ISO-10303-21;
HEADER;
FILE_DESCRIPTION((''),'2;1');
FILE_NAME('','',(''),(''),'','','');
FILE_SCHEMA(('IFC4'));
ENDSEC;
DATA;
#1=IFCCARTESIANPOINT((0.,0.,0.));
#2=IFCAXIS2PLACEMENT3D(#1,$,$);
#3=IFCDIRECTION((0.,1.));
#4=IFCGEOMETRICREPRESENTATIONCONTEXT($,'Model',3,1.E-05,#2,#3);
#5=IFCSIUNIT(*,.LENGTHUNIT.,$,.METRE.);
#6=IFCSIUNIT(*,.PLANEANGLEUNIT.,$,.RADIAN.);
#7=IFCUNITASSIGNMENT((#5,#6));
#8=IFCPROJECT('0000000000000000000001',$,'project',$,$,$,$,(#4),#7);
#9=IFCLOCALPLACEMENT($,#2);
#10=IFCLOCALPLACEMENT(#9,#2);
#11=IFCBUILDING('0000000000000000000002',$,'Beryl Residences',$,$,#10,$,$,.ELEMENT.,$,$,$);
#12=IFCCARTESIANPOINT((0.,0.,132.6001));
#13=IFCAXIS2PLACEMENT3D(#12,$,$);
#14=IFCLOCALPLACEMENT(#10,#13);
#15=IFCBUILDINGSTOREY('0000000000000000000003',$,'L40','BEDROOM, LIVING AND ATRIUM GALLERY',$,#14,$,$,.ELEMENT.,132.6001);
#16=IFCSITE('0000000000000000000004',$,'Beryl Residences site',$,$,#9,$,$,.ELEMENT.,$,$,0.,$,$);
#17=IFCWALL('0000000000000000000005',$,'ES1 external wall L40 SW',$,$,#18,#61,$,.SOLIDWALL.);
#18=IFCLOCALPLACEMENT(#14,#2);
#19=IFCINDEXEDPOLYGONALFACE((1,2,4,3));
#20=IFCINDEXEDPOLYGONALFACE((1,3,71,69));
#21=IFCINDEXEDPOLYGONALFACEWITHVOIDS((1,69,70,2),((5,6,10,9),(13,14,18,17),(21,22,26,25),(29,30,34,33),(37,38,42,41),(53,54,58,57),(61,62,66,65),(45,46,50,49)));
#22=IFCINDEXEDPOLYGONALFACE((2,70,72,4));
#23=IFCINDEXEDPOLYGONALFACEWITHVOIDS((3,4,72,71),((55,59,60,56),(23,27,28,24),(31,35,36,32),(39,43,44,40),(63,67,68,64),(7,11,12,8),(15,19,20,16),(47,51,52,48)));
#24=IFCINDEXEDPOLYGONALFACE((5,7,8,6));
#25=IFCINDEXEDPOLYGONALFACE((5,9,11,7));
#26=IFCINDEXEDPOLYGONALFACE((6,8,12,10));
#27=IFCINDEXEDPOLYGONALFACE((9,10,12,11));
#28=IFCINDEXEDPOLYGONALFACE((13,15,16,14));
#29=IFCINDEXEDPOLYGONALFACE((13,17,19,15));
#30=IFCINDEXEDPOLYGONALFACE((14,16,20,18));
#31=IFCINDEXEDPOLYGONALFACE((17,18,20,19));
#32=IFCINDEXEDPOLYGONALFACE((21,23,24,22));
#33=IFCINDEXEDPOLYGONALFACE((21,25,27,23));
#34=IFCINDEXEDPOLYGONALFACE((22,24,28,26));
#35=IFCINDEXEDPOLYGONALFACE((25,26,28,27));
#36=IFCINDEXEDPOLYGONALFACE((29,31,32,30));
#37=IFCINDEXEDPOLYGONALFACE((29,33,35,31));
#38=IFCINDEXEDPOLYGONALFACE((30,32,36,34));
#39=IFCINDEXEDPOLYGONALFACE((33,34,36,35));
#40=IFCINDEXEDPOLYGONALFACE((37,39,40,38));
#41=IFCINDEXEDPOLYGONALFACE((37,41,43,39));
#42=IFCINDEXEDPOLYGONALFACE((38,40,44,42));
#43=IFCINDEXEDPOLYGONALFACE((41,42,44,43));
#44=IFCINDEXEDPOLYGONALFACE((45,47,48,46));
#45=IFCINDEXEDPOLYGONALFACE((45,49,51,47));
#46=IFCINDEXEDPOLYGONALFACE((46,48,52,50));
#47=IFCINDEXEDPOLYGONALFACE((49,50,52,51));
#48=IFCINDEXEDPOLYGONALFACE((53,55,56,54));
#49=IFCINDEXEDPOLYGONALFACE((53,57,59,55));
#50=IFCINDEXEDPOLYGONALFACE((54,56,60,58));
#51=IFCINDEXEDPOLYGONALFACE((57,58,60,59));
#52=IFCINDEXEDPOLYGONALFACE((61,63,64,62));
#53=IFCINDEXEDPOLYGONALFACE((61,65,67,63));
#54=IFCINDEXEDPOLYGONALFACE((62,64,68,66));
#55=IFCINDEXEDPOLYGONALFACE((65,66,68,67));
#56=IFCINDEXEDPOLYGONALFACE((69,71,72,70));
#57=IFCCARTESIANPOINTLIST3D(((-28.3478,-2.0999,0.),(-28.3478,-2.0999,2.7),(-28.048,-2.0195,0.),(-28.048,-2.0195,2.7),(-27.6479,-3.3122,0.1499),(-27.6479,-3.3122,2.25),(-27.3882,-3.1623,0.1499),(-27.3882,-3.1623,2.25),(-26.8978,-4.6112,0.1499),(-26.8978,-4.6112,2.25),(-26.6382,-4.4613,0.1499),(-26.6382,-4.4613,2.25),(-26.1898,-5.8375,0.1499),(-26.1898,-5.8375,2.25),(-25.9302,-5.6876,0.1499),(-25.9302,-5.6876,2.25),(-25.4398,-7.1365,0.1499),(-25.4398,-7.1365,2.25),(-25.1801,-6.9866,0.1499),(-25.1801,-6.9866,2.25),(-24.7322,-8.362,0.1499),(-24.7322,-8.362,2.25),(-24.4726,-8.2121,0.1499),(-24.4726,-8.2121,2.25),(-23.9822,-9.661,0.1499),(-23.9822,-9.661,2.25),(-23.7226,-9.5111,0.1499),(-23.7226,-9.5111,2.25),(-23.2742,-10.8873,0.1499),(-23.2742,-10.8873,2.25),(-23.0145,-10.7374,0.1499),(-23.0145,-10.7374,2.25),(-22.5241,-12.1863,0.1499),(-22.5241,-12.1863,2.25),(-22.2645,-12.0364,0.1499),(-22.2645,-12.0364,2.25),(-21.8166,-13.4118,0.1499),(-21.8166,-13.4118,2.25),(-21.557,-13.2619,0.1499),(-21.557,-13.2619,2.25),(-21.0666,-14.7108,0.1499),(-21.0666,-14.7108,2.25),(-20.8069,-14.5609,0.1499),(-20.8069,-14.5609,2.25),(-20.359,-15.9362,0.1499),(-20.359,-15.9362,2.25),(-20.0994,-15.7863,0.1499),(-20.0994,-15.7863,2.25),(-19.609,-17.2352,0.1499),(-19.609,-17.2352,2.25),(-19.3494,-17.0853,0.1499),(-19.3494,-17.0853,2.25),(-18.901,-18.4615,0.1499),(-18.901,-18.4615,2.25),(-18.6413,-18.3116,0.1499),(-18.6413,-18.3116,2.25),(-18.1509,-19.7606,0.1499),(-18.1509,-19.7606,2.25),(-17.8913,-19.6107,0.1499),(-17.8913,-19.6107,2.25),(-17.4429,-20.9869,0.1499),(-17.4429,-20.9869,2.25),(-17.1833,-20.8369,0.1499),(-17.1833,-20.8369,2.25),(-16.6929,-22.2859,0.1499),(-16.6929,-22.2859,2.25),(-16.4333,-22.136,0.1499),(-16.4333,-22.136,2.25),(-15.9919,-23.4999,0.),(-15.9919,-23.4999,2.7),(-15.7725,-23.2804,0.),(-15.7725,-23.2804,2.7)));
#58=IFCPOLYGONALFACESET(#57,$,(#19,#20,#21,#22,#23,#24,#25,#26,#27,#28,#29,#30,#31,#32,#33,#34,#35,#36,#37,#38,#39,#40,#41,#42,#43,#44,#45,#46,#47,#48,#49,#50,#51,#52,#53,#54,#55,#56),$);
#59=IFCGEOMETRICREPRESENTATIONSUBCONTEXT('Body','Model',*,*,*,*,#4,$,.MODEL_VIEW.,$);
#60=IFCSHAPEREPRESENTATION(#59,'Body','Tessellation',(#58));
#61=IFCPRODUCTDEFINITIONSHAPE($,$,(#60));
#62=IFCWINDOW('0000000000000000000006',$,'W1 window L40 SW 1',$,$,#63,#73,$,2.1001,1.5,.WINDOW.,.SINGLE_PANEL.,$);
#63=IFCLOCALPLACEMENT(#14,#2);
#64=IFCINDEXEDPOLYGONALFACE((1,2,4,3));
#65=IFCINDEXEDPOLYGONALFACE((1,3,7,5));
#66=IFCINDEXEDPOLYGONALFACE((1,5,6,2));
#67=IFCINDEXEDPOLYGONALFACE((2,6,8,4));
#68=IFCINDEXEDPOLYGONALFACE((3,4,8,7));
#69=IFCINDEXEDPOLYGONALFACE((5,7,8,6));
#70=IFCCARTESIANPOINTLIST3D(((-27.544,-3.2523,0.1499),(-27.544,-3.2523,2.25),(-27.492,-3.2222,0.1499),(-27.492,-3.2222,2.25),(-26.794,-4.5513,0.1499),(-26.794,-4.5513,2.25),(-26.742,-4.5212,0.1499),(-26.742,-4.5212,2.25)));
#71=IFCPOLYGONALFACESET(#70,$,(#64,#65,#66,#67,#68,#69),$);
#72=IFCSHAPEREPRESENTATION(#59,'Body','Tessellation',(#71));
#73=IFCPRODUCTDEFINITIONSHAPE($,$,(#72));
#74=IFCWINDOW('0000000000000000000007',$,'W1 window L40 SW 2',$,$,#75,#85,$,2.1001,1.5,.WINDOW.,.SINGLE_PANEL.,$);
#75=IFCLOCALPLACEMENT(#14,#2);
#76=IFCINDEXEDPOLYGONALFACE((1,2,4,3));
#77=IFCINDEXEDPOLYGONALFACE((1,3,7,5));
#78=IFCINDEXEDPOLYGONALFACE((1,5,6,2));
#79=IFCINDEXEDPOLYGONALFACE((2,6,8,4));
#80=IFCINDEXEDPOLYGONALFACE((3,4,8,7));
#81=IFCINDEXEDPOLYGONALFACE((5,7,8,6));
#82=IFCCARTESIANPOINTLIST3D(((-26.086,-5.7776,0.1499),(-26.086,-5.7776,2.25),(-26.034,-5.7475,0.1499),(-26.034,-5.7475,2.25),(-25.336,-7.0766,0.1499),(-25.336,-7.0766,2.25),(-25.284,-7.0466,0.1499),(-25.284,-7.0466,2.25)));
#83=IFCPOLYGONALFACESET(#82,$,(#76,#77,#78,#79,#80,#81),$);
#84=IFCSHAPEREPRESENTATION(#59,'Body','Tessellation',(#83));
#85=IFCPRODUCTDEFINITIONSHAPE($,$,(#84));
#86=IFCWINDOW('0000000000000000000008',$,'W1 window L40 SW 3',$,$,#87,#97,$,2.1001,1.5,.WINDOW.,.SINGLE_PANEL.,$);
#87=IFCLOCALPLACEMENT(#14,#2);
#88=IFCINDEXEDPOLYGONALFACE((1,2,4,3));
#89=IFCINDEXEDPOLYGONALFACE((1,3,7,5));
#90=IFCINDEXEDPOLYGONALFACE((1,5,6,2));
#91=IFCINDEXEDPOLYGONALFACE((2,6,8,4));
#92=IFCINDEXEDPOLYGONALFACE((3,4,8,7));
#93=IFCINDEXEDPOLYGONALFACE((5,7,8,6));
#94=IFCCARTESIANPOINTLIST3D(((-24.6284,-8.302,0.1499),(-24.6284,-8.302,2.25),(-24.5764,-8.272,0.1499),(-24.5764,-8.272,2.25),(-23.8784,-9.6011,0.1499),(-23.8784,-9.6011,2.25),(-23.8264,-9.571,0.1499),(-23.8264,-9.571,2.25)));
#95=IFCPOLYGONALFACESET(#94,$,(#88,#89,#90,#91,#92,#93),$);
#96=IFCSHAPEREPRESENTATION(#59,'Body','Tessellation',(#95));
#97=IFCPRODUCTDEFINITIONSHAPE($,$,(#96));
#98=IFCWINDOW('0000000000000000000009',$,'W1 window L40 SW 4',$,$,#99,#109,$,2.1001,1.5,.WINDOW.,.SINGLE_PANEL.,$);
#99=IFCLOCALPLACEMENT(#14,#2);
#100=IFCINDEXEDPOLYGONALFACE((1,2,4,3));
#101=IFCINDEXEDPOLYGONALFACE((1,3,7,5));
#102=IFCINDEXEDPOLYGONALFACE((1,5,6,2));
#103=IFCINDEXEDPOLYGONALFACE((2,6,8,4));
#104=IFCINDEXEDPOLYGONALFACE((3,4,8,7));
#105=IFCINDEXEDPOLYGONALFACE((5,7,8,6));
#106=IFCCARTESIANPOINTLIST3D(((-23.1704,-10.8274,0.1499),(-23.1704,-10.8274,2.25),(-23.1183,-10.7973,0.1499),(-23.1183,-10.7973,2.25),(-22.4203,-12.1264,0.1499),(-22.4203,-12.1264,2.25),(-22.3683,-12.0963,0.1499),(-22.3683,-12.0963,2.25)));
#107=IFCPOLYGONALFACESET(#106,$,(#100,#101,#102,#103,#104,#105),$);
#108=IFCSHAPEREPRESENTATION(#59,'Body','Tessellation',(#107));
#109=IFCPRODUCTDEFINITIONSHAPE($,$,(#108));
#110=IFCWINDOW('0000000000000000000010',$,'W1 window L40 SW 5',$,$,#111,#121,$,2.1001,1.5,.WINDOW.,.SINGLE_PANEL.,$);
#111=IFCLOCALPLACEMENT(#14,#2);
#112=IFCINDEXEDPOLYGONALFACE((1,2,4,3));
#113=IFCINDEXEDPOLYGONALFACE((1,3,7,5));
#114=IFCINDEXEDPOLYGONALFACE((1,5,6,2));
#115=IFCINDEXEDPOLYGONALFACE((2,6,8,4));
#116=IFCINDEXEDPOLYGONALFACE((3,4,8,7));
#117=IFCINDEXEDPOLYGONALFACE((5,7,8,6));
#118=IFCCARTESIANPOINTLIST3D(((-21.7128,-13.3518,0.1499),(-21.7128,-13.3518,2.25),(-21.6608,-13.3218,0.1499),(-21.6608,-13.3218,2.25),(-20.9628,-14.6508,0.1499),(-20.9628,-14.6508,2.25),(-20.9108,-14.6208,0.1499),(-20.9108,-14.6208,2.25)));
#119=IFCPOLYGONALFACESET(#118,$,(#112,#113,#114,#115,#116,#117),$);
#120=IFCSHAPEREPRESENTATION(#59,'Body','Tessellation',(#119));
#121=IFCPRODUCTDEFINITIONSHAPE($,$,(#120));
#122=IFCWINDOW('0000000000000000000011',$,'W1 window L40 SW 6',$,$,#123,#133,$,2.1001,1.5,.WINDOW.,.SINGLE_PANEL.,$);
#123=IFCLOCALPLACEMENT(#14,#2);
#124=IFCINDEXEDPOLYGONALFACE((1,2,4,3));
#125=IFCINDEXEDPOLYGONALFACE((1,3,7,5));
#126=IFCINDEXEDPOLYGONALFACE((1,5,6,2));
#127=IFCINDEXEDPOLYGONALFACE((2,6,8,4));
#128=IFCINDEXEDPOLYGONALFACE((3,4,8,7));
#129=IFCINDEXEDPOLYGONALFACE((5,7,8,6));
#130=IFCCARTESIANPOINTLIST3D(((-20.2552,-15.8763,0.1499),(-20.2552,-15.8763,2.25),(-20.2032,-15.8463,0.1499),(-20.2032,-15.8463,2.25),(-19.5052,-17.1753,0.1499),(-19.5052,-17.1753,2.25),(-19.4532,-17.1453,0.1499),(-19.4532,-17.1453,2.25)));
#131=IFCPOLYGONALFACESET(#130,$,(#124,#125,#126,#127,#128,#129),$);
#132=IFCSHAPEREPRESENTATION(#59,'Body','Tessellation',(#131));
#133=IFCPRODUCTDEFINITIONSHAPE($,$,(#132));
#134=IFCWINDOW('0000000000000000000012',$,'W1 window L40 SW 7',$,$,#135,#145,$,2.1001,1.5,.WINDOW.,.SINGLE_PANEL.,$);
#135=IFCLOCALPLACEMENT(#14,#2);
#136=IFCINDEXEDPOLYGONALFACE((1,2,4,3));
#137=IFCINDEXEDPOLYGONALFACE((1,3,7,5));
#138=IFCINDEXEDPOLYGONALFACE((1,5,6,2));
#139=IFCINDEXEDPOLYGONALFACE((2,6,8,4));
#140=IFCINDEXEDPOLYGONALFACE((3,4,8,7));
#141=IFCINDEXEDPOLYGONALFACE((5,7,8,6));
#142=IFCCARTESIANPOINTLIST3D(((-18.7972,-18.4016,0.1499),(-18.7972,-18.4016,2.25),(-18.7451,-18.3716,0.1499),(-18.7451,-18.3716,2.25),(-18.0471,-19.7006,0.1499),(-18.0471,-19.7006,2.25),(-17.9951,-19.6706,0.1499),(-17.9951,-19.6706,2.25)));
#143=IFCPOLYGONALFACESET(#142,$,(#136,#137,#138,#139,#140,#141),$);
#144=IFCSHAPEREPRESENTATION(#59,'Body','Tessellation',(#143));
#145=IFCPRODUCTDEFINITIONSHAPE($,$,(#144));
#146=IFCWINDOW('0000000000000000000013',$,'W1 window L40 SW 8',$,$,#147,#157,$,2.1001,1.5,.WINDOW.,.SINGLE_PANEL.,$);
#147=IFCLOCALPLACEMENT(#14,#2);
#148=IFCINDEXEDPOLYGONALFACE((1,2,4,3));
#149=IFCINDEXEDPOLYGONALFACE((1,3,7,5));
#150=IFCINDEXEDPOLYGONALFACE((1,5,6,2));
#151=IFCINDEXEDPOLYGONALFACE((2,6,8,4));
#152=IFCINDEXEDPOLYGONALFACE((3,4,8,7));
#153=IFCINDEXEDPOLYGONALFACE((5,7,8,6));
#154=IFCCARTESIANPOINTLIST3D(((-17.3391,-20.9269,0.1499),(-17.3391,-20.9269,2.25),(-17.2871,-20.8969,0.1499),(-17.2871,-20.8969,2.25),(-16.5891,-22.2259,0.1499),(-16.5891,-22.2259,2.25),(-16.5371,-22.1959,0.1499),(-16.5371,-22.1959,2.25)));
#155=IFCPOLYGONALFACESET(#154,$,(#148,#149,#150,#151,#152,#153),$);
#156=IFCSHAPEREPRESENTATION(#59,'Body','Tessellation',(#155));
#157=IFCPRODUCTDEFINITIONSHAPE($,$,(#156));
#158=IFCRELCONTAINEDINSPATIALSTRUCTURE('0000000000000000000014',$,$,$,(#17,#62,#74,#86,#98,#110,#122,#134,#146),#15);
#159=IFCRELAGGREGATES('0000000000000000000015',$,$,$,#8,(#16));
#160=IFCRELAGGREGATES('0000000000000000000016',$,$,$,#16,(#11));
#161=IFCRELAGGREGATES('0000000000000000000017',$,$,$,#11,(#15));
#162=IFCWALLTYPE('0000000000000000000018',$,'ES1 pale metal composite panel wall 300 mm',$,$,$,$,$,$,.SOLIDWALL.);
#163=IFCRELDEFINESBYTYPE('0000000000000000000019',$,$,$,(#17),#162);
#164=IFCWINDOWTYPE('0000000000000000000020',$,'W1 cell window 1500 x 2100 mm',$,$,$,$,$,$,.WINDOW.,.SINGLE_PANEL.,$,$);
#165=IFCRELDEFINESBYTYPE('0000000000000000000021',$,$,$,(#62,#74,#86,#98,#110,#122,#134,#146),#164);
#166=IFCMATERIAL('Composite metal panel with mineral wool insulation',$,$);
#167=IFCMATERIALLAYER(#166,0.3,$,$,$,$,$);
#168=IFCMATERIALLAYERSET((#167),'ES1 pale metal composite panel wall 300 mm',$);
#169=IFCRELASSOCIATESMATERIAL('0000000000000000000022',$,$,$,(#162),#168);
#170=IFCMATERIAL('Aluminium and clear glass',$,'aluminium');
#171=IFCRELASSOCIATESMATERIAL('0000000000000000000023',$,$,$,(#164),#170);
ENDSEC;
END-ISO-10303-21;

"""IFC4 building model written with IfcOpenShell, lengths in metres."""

from ifc_helpers import new_model, si_unit, direction, frame, frame_2d, origin, place, context, subcontext, project, spatial, polyline, rectangle, outline, extrude, material, layer, layer_set, type_object, element, fill, save


model = new_model("IFC4")

# Units and contexts
model_context = context("Model", 3, precision=1e-05, world=origin(), true_north=direction((0.0, 1.0)))
body_context = subcontext(model_context, "Body", "Model", "MODEL_VIEW")
ifc_project = project(units=[si_unit("LENGTHUNIT", "METRE"), si_unit("PLANEANGLEUNIT", "RADIAN")], contexts=[model_context])

# Site, building, storey
site_placement = place(None, origin())
site = spatial("IfcSite", under=ifc_project, at=site_placement, Name="Beryl Residences site", CompositionType="ELEMENT", RefElevation=0.0)
building_placement = place(site_placement, origin())
building = spatial("IfcBuilding", under=site, at=building_placement, Name="Beryl Residences", CompositionType="ELEMENT")
storey_placement = place(building_placement, frame((0.0, 0.0, 132.6001)))
storey = spatial("IfcBuildingStorey", under=building, at=storey_placement, Name="L40", Description="BEDROOM, LIVING AND ATRIUM GALLERY", CompositionType="ELEMENT", Elevation=132.6001)

# Wall, openings, windows
ifc_material_1 = material(Name="Composite metal panel with mineral wool insulation")
ifc_layer_1 = layer(ifc_material_1, 0.3)
ifc_layer_set_1 = layer_set([ifc_layer_1], Name="ES1 pale metal composite panel wall 300 mm")
wall_type_1 = type_object("IfcWallType", Name="ES1 pale metal composite panel wall 300 mm", PredefinedType="SOLIDWALL", material=ifc_layer_set_1)
wall_1_placement = place(storey_placement, frame((-28.218, -2.0249, 0.0), z_axis=(0.0, 0.0, 1.0), x_axis=(0.500018, -0.866015, 0.0)))
wall_1 = element("IfcWall", 1, at=wall_1_placement, inside=storey, type_object=wall_type_1, Name="ES1 external wall L40 SW", PredefinedType="SOLIDWALL", context=body_context, shape_type="SweptSolid", body=[
    extrude(outline(polyline([(0.0, -0.1499), (24.7109, -0.1499), (24.6306, 0.1499), (0.0803, 0.1499), (0.0, -0.1499)])), origin(), (0.0, 0.0, 1.0), 2.7),
])
opening_1_placement = place(wall_1_placement, frame((1.3999, 0.0, 0.1499)))
opening_1 = element("IfcOpeningElement", 2, at=opening_1_placement, cuts=wall_1, PredefinedType="OPENING", context=body_context, shape_type="SweptSolid", body=[
    extrude(rectangle(XDim=1.5, YDim=2.1001, at=frame_2d((0.75, 1.05))), frame((0.0, 0.1599, 0.0), z_axis=(0.0, -1.0, 0.0), x_axis=(1.0, 0.0, 0.0)), (0.0, 0.0, 1.0), 0.3201),
])
opening_2_placement = place(wall_1_placement, frame((4.3159, 0.0, 0.1499)))
opening_2 = element("IfcOpeningElement", 3, at=opening_2_placement, cuts=wall_1, PredefinedType="OPENING", context=body_context, shape_type="SweptSolid", body=[
    extrude(rectangle(XDim=1.5, YDim=2.1001, at=frame_2d((0.75, 1.05))), frame((0.0, 0.1599, 0.0), z_axis=(0.0, -1.0, 0.0), x_axis=(1.0, 0.0, 0.0)), (0.0, 0.0, 1.0), 0.3201),
])
opening_3_placement = place(wall_1_placement, frame((7.231, 0.0, 0.1499)))
opening_3 = element("IfcOpeningElement", 4, at=opening_3_placement, cuts=wall_1, PredefinedType="OPENING", context=body_context, shape_type="SweptSolid", body=[
    extrude(rectangle(XDim=1.5, YDim=2.1001, at=frame_2d((0.75, 1.05))), frame((0.0, 0.1599, 0.0), z_axis=(0.0, -1.0, 0.0), x_axis=(1.0, 0.0, 0.0)), (0.0, 0.0, 1.0), 0.3201),
])
opening_4_placement = place(wall_1_placement, frame((10.147, 0.0, 0.1499)))
opening_4 = element("IfcOpeningElement", 5, at=opening_4_placement, cuts=wall_1, PredefinedType="OPENING", context=body_context, shape_type="SweptSolid", body=[
    extrude(rectangle(XDim=1.5, YDim=2.1001, at=frame_2d((0.75, 1.05))), frame((0.0, 0.1599, 0.0), z_axis=(0.0, -1.0, 0.0), x_axis=(1.0, 0.0, 0.0)), (0.0, 0.0, 1.0), 0.3201),
])
opening_5_placement = place(wall_1_placement, frame((13.062, 0.0, 0.1499)))
opening_5 = element("IfcOpeningElement", 6, at=opening_5_placement, cuts=wall_1, PredefinedType="OPENING", context=body_context, shape_type="SweptSolid", body=[
    extrude(rectangle(XDim=1.5, YDim=2.1001, at=frame_2d((0.75, 1.05))), frame((0.0, 0.1599, 0.0), z_axis=(0.0, -1.0, 0.0), x_axis=(1.0, 0.0, 0.0)), (0.0, 0.0, 1.0), 0.3201),
])
opening_6_placement = place(wall_1_placement, frame((15.9771, 0.0, 0.1499)))
opening_6 = element("IfcOpeningElement", 7, at=opening_6_placement, cuts=wall_1, PredefinedType="OPENING", context=body_context, shape_type="SweptSolid", body=[
    extrude(rectangle(XDim=1.5, YDim=2.1001, at=frame_2d((0.75, 1.05))), frame((0.0, 0.1599, 0.0), z_axis=(0.0, -1.0, 0.0), x_axis=(1.0, 0.0, 0.0)), (0.0, 0.0, 1.0), 0.3201),
])
opening_7_placement = place(wall_1_placement, frame((18.8931, 0.0, 0.1499)))
opening_7 = element("IfcOpeningElement", 8, at=opening_7_placement, cuts=wall_1, PredefinedType="OPENING", context=body_context, shape_type="SweptSolid", body=[
    extrude(rectangle(XDim=1.5, YDim=2.1001, at=frame_2d((0.75, 1.05))), frame((0.0, 0.1599, 0.0), z_axis=(0.0, -1.0, 0.0), x_axis=(1.0, 0.0, 0.0)), (0.0, 0.0, 1.0), 0.3201),
])
opening_8_placement = place(wall_1_placement, frame((21.8091, 0.0, 0.1499)))
opening_8 = element("IfcOpeningElement", 9, at=opening_8_placement, cuts=wall_1, PredefinedType="OPENING", context=body_context, shape_type="SweptSolid", body=[
    extrude(rectangle(XDim=1.5, YDim=2.1001, at=frame_2d((0.75, 1.05))), frame((0.0, 0.1599, 0.0), z_axis=(0.0, -1.0, 0.0), x_axis=(1.0, 0.0, 0.0)), (0.0, 0.0, 1.0), 0.3201),
])
ifc_material_2 = material(Name="Aluminium and clear glass", Category="aluminium")
window_type = type_object("IfcWindowType", Name="W1 cell window 1500 x 2100 mm", PartitioningType="SINGLE_PANEL", PredefinedType="WINDOW", material=ifc_material_2)
window_1_placement = place(opening_1_placement, origin())
window_1 = element("IfcWindow", 10, at=window_1_placement, inside=storey, type_object=window_type, Name="W1 window L40 SW 1", OverallHeight=2.1001, OverallWidth=1.5, PartitioningType="SINGLE_PANEL", PredefinedType="WINDOW", context=body_context, shape_type="SweptSolid", body=[
    extrude(rectangle(XDim=1.5, YDim=2.1001, at=frame_2d((0.75, 1.05))), frame((0.0, 0.03, 0.0), z_axis=(0.0, -1.0, 0.0), x_axis=(1.0, 0.0, 0.0)), (0.0, 0.0, 1.0), 0.0601),
])
fill(opening_1, window_1)
window_2_placement = place(opening_2_placement, origin())
window_2 = element("IfcWindow", 11, at=window_2_placement, inside=storey, type_object=window_type, Name="W1 window L40 SW 2", OverallHeight=2.1001, OverallWidth=1.5, PartitioningType="SINGLE_PANEL", PredefinedType="WINDOW", context=body_context, shape_type="SweptSolid", body=[
    extrude(rectangle(XDim=1.5, YDim=2.1001, at=frame_2d((0.75, 1.05))), frame((0.0, 0.03, 0.0), z_axis=(0.0, -1.0, 0.0), x_axis=(1.0, 0.0, 0.0)), (0.0, 0.0, 1.0), 0.0601),
])
fill(opening_2, window_2)
window_3_placement = place(opening_3_placement, origin())
window_3 = element("IfcWindow", 12, at=window_3_placement, inside=storey, type_object=window_type, Name="W1 window L40 SW 3", OverallHeight=2.1001, OverallWidth=1.5, PartitioningType="SINGLE_PANEL", PredefinedType="WINDOW", context=body_context, shape_type="SweptSolid", body=[
    extrude(rectangle(XDim=1.5, YDim=2.1001, at=frame_2d((0.75, 1.05))), frame((0.0, 0.03, 0.0), z_axis=(0.0, -1.0, 0.0), x_axis=(1.0, 0.0, 0.0)), (0.0, 0.0, 1.0), 0.0601),
])
fill(opening_3, window_3)
window_4_placement = place(opening_4_placement, origin())
window_4 = element("IfcWindow", 13, at=window_4_placement, inside=storey, type_object=window_type, Name="W1 window L40 SW 4", OverallHeight=2.1001, OverallWidth=1.5, PartitioningType="SINGLE_PANEL", PredefinedType="WINDOW", context=body_context, shape_type="SweptSolid", body=[
    extrude(rectangle(XDim=1.5, YDim=2.1001, at=frame_2d((0.75, 1.05))), frame((0.0, 0.03, 0.0), z_axis=(0.0, -1.0, 0.0), x_axis=(1.0, 0.0, 0.0)), (0.0, 0.0, 1.0), 0.0601),
])
fill(opening_4, window_4)
window_5_placement = place(opening_5_placement, origin())
window_5 = element("IfcWindow", 14, at=window_5_placement, inside=storey, type_object=window_type, Name="W1 window L40 SW 5", OverallHeight=2.1001, OverallWidth=1.5, PartitioningType="SINGLE_PANEL", PredefinedType="WINDOW", context=body_context, shape_type="SweptSolid", body=[
    extrude(rectangle(XDim=1.5, YDim=2.1001, at=frame_2d((0.75, 1.05))), frame((0.0, 0.03, 0.0), z_axis=(0.0, -1.0, 0.0), x_axis=(1.0, 0.0, 0.0)), (0.0, 0.0, 1.0), 0.0601),
])
fill(opening_5, window_5)
window_6_placement = place(opening_6_placement, origin())
window_6 = element("IfcWindow", 15, at=window_6_placement, inside=storey, type_object=window_type, Name="W1 window L40 SW 6", OverallHeight=2.1001, OverallWidth=1.5, PartitioningType="SINGLE_PANEL", PredefinedType="WINDOW", context=body_context, shape_type="SweptSolid", body=[
    extrude(rectangle(XDim=1.5, YDim=2.1001, at=frame_2d((0.75, 1.05))), frame((0.0, 0.03, 0.0), z_axis=(0.0, -1.0, 0.0), x_axis=(1.0, 0.0, 0.0)), (0.0, 0.0, 1.0), 0.0601),
])
fill(opening_6, window_6)
window_7_placement = place(opening_7_placement, origin())
window_7 = element("IfcWindow", 16, at=window_7_placement, inside=storey, type_object=window_type, Name="W1 window L40 SW 7", OverallHeight=2.1001, OverallWidth=1.5, PartitioningType="SINGLE_PANEL", PredefinedType="WINDOW", context=body_context, shape_type="SweptSolid", body=[
    extrude(rectangle(XDim=1.5, YDim=2.1001, at=frame_2d((0.75, 1.05))), frame((0.0, 0.03, 0.0), z_axis=(0.0, -1.0, 0.0), x_axis=(1.0, 0.0, 0.0)), (0.0, 0.0, 1.0), 0.0601),
])
fill(opening_7, window_7)
window_8_placement = place(opening_8_placement, origin())
window_8 = element("IfcWindow", 17, at=window_8_placement, inside=storey, type_object=window_type, Name="W1 window L40 SW 8", OverallHeight=2.1001, OverallWidth=1.5, PartitioningType="SINGLE_PANEL", PredefinedType="WINDOW", context=body_context, shape_type="SweptSolid", body=[
    extrude(rectangle(XDim=1.5, YDim=2.1001, at=frame_2d((0.75, 1.05))), frame((0.0, 0.03, 0.0), z_axis=(0.0, -1.0, 0.0), x_axis=(1.0, 0.0, 0.0)), (0.0, 0.0, 1.0), 0.0601),
])
fill(opening_8, window_8)

save(model, "model.ifc")
